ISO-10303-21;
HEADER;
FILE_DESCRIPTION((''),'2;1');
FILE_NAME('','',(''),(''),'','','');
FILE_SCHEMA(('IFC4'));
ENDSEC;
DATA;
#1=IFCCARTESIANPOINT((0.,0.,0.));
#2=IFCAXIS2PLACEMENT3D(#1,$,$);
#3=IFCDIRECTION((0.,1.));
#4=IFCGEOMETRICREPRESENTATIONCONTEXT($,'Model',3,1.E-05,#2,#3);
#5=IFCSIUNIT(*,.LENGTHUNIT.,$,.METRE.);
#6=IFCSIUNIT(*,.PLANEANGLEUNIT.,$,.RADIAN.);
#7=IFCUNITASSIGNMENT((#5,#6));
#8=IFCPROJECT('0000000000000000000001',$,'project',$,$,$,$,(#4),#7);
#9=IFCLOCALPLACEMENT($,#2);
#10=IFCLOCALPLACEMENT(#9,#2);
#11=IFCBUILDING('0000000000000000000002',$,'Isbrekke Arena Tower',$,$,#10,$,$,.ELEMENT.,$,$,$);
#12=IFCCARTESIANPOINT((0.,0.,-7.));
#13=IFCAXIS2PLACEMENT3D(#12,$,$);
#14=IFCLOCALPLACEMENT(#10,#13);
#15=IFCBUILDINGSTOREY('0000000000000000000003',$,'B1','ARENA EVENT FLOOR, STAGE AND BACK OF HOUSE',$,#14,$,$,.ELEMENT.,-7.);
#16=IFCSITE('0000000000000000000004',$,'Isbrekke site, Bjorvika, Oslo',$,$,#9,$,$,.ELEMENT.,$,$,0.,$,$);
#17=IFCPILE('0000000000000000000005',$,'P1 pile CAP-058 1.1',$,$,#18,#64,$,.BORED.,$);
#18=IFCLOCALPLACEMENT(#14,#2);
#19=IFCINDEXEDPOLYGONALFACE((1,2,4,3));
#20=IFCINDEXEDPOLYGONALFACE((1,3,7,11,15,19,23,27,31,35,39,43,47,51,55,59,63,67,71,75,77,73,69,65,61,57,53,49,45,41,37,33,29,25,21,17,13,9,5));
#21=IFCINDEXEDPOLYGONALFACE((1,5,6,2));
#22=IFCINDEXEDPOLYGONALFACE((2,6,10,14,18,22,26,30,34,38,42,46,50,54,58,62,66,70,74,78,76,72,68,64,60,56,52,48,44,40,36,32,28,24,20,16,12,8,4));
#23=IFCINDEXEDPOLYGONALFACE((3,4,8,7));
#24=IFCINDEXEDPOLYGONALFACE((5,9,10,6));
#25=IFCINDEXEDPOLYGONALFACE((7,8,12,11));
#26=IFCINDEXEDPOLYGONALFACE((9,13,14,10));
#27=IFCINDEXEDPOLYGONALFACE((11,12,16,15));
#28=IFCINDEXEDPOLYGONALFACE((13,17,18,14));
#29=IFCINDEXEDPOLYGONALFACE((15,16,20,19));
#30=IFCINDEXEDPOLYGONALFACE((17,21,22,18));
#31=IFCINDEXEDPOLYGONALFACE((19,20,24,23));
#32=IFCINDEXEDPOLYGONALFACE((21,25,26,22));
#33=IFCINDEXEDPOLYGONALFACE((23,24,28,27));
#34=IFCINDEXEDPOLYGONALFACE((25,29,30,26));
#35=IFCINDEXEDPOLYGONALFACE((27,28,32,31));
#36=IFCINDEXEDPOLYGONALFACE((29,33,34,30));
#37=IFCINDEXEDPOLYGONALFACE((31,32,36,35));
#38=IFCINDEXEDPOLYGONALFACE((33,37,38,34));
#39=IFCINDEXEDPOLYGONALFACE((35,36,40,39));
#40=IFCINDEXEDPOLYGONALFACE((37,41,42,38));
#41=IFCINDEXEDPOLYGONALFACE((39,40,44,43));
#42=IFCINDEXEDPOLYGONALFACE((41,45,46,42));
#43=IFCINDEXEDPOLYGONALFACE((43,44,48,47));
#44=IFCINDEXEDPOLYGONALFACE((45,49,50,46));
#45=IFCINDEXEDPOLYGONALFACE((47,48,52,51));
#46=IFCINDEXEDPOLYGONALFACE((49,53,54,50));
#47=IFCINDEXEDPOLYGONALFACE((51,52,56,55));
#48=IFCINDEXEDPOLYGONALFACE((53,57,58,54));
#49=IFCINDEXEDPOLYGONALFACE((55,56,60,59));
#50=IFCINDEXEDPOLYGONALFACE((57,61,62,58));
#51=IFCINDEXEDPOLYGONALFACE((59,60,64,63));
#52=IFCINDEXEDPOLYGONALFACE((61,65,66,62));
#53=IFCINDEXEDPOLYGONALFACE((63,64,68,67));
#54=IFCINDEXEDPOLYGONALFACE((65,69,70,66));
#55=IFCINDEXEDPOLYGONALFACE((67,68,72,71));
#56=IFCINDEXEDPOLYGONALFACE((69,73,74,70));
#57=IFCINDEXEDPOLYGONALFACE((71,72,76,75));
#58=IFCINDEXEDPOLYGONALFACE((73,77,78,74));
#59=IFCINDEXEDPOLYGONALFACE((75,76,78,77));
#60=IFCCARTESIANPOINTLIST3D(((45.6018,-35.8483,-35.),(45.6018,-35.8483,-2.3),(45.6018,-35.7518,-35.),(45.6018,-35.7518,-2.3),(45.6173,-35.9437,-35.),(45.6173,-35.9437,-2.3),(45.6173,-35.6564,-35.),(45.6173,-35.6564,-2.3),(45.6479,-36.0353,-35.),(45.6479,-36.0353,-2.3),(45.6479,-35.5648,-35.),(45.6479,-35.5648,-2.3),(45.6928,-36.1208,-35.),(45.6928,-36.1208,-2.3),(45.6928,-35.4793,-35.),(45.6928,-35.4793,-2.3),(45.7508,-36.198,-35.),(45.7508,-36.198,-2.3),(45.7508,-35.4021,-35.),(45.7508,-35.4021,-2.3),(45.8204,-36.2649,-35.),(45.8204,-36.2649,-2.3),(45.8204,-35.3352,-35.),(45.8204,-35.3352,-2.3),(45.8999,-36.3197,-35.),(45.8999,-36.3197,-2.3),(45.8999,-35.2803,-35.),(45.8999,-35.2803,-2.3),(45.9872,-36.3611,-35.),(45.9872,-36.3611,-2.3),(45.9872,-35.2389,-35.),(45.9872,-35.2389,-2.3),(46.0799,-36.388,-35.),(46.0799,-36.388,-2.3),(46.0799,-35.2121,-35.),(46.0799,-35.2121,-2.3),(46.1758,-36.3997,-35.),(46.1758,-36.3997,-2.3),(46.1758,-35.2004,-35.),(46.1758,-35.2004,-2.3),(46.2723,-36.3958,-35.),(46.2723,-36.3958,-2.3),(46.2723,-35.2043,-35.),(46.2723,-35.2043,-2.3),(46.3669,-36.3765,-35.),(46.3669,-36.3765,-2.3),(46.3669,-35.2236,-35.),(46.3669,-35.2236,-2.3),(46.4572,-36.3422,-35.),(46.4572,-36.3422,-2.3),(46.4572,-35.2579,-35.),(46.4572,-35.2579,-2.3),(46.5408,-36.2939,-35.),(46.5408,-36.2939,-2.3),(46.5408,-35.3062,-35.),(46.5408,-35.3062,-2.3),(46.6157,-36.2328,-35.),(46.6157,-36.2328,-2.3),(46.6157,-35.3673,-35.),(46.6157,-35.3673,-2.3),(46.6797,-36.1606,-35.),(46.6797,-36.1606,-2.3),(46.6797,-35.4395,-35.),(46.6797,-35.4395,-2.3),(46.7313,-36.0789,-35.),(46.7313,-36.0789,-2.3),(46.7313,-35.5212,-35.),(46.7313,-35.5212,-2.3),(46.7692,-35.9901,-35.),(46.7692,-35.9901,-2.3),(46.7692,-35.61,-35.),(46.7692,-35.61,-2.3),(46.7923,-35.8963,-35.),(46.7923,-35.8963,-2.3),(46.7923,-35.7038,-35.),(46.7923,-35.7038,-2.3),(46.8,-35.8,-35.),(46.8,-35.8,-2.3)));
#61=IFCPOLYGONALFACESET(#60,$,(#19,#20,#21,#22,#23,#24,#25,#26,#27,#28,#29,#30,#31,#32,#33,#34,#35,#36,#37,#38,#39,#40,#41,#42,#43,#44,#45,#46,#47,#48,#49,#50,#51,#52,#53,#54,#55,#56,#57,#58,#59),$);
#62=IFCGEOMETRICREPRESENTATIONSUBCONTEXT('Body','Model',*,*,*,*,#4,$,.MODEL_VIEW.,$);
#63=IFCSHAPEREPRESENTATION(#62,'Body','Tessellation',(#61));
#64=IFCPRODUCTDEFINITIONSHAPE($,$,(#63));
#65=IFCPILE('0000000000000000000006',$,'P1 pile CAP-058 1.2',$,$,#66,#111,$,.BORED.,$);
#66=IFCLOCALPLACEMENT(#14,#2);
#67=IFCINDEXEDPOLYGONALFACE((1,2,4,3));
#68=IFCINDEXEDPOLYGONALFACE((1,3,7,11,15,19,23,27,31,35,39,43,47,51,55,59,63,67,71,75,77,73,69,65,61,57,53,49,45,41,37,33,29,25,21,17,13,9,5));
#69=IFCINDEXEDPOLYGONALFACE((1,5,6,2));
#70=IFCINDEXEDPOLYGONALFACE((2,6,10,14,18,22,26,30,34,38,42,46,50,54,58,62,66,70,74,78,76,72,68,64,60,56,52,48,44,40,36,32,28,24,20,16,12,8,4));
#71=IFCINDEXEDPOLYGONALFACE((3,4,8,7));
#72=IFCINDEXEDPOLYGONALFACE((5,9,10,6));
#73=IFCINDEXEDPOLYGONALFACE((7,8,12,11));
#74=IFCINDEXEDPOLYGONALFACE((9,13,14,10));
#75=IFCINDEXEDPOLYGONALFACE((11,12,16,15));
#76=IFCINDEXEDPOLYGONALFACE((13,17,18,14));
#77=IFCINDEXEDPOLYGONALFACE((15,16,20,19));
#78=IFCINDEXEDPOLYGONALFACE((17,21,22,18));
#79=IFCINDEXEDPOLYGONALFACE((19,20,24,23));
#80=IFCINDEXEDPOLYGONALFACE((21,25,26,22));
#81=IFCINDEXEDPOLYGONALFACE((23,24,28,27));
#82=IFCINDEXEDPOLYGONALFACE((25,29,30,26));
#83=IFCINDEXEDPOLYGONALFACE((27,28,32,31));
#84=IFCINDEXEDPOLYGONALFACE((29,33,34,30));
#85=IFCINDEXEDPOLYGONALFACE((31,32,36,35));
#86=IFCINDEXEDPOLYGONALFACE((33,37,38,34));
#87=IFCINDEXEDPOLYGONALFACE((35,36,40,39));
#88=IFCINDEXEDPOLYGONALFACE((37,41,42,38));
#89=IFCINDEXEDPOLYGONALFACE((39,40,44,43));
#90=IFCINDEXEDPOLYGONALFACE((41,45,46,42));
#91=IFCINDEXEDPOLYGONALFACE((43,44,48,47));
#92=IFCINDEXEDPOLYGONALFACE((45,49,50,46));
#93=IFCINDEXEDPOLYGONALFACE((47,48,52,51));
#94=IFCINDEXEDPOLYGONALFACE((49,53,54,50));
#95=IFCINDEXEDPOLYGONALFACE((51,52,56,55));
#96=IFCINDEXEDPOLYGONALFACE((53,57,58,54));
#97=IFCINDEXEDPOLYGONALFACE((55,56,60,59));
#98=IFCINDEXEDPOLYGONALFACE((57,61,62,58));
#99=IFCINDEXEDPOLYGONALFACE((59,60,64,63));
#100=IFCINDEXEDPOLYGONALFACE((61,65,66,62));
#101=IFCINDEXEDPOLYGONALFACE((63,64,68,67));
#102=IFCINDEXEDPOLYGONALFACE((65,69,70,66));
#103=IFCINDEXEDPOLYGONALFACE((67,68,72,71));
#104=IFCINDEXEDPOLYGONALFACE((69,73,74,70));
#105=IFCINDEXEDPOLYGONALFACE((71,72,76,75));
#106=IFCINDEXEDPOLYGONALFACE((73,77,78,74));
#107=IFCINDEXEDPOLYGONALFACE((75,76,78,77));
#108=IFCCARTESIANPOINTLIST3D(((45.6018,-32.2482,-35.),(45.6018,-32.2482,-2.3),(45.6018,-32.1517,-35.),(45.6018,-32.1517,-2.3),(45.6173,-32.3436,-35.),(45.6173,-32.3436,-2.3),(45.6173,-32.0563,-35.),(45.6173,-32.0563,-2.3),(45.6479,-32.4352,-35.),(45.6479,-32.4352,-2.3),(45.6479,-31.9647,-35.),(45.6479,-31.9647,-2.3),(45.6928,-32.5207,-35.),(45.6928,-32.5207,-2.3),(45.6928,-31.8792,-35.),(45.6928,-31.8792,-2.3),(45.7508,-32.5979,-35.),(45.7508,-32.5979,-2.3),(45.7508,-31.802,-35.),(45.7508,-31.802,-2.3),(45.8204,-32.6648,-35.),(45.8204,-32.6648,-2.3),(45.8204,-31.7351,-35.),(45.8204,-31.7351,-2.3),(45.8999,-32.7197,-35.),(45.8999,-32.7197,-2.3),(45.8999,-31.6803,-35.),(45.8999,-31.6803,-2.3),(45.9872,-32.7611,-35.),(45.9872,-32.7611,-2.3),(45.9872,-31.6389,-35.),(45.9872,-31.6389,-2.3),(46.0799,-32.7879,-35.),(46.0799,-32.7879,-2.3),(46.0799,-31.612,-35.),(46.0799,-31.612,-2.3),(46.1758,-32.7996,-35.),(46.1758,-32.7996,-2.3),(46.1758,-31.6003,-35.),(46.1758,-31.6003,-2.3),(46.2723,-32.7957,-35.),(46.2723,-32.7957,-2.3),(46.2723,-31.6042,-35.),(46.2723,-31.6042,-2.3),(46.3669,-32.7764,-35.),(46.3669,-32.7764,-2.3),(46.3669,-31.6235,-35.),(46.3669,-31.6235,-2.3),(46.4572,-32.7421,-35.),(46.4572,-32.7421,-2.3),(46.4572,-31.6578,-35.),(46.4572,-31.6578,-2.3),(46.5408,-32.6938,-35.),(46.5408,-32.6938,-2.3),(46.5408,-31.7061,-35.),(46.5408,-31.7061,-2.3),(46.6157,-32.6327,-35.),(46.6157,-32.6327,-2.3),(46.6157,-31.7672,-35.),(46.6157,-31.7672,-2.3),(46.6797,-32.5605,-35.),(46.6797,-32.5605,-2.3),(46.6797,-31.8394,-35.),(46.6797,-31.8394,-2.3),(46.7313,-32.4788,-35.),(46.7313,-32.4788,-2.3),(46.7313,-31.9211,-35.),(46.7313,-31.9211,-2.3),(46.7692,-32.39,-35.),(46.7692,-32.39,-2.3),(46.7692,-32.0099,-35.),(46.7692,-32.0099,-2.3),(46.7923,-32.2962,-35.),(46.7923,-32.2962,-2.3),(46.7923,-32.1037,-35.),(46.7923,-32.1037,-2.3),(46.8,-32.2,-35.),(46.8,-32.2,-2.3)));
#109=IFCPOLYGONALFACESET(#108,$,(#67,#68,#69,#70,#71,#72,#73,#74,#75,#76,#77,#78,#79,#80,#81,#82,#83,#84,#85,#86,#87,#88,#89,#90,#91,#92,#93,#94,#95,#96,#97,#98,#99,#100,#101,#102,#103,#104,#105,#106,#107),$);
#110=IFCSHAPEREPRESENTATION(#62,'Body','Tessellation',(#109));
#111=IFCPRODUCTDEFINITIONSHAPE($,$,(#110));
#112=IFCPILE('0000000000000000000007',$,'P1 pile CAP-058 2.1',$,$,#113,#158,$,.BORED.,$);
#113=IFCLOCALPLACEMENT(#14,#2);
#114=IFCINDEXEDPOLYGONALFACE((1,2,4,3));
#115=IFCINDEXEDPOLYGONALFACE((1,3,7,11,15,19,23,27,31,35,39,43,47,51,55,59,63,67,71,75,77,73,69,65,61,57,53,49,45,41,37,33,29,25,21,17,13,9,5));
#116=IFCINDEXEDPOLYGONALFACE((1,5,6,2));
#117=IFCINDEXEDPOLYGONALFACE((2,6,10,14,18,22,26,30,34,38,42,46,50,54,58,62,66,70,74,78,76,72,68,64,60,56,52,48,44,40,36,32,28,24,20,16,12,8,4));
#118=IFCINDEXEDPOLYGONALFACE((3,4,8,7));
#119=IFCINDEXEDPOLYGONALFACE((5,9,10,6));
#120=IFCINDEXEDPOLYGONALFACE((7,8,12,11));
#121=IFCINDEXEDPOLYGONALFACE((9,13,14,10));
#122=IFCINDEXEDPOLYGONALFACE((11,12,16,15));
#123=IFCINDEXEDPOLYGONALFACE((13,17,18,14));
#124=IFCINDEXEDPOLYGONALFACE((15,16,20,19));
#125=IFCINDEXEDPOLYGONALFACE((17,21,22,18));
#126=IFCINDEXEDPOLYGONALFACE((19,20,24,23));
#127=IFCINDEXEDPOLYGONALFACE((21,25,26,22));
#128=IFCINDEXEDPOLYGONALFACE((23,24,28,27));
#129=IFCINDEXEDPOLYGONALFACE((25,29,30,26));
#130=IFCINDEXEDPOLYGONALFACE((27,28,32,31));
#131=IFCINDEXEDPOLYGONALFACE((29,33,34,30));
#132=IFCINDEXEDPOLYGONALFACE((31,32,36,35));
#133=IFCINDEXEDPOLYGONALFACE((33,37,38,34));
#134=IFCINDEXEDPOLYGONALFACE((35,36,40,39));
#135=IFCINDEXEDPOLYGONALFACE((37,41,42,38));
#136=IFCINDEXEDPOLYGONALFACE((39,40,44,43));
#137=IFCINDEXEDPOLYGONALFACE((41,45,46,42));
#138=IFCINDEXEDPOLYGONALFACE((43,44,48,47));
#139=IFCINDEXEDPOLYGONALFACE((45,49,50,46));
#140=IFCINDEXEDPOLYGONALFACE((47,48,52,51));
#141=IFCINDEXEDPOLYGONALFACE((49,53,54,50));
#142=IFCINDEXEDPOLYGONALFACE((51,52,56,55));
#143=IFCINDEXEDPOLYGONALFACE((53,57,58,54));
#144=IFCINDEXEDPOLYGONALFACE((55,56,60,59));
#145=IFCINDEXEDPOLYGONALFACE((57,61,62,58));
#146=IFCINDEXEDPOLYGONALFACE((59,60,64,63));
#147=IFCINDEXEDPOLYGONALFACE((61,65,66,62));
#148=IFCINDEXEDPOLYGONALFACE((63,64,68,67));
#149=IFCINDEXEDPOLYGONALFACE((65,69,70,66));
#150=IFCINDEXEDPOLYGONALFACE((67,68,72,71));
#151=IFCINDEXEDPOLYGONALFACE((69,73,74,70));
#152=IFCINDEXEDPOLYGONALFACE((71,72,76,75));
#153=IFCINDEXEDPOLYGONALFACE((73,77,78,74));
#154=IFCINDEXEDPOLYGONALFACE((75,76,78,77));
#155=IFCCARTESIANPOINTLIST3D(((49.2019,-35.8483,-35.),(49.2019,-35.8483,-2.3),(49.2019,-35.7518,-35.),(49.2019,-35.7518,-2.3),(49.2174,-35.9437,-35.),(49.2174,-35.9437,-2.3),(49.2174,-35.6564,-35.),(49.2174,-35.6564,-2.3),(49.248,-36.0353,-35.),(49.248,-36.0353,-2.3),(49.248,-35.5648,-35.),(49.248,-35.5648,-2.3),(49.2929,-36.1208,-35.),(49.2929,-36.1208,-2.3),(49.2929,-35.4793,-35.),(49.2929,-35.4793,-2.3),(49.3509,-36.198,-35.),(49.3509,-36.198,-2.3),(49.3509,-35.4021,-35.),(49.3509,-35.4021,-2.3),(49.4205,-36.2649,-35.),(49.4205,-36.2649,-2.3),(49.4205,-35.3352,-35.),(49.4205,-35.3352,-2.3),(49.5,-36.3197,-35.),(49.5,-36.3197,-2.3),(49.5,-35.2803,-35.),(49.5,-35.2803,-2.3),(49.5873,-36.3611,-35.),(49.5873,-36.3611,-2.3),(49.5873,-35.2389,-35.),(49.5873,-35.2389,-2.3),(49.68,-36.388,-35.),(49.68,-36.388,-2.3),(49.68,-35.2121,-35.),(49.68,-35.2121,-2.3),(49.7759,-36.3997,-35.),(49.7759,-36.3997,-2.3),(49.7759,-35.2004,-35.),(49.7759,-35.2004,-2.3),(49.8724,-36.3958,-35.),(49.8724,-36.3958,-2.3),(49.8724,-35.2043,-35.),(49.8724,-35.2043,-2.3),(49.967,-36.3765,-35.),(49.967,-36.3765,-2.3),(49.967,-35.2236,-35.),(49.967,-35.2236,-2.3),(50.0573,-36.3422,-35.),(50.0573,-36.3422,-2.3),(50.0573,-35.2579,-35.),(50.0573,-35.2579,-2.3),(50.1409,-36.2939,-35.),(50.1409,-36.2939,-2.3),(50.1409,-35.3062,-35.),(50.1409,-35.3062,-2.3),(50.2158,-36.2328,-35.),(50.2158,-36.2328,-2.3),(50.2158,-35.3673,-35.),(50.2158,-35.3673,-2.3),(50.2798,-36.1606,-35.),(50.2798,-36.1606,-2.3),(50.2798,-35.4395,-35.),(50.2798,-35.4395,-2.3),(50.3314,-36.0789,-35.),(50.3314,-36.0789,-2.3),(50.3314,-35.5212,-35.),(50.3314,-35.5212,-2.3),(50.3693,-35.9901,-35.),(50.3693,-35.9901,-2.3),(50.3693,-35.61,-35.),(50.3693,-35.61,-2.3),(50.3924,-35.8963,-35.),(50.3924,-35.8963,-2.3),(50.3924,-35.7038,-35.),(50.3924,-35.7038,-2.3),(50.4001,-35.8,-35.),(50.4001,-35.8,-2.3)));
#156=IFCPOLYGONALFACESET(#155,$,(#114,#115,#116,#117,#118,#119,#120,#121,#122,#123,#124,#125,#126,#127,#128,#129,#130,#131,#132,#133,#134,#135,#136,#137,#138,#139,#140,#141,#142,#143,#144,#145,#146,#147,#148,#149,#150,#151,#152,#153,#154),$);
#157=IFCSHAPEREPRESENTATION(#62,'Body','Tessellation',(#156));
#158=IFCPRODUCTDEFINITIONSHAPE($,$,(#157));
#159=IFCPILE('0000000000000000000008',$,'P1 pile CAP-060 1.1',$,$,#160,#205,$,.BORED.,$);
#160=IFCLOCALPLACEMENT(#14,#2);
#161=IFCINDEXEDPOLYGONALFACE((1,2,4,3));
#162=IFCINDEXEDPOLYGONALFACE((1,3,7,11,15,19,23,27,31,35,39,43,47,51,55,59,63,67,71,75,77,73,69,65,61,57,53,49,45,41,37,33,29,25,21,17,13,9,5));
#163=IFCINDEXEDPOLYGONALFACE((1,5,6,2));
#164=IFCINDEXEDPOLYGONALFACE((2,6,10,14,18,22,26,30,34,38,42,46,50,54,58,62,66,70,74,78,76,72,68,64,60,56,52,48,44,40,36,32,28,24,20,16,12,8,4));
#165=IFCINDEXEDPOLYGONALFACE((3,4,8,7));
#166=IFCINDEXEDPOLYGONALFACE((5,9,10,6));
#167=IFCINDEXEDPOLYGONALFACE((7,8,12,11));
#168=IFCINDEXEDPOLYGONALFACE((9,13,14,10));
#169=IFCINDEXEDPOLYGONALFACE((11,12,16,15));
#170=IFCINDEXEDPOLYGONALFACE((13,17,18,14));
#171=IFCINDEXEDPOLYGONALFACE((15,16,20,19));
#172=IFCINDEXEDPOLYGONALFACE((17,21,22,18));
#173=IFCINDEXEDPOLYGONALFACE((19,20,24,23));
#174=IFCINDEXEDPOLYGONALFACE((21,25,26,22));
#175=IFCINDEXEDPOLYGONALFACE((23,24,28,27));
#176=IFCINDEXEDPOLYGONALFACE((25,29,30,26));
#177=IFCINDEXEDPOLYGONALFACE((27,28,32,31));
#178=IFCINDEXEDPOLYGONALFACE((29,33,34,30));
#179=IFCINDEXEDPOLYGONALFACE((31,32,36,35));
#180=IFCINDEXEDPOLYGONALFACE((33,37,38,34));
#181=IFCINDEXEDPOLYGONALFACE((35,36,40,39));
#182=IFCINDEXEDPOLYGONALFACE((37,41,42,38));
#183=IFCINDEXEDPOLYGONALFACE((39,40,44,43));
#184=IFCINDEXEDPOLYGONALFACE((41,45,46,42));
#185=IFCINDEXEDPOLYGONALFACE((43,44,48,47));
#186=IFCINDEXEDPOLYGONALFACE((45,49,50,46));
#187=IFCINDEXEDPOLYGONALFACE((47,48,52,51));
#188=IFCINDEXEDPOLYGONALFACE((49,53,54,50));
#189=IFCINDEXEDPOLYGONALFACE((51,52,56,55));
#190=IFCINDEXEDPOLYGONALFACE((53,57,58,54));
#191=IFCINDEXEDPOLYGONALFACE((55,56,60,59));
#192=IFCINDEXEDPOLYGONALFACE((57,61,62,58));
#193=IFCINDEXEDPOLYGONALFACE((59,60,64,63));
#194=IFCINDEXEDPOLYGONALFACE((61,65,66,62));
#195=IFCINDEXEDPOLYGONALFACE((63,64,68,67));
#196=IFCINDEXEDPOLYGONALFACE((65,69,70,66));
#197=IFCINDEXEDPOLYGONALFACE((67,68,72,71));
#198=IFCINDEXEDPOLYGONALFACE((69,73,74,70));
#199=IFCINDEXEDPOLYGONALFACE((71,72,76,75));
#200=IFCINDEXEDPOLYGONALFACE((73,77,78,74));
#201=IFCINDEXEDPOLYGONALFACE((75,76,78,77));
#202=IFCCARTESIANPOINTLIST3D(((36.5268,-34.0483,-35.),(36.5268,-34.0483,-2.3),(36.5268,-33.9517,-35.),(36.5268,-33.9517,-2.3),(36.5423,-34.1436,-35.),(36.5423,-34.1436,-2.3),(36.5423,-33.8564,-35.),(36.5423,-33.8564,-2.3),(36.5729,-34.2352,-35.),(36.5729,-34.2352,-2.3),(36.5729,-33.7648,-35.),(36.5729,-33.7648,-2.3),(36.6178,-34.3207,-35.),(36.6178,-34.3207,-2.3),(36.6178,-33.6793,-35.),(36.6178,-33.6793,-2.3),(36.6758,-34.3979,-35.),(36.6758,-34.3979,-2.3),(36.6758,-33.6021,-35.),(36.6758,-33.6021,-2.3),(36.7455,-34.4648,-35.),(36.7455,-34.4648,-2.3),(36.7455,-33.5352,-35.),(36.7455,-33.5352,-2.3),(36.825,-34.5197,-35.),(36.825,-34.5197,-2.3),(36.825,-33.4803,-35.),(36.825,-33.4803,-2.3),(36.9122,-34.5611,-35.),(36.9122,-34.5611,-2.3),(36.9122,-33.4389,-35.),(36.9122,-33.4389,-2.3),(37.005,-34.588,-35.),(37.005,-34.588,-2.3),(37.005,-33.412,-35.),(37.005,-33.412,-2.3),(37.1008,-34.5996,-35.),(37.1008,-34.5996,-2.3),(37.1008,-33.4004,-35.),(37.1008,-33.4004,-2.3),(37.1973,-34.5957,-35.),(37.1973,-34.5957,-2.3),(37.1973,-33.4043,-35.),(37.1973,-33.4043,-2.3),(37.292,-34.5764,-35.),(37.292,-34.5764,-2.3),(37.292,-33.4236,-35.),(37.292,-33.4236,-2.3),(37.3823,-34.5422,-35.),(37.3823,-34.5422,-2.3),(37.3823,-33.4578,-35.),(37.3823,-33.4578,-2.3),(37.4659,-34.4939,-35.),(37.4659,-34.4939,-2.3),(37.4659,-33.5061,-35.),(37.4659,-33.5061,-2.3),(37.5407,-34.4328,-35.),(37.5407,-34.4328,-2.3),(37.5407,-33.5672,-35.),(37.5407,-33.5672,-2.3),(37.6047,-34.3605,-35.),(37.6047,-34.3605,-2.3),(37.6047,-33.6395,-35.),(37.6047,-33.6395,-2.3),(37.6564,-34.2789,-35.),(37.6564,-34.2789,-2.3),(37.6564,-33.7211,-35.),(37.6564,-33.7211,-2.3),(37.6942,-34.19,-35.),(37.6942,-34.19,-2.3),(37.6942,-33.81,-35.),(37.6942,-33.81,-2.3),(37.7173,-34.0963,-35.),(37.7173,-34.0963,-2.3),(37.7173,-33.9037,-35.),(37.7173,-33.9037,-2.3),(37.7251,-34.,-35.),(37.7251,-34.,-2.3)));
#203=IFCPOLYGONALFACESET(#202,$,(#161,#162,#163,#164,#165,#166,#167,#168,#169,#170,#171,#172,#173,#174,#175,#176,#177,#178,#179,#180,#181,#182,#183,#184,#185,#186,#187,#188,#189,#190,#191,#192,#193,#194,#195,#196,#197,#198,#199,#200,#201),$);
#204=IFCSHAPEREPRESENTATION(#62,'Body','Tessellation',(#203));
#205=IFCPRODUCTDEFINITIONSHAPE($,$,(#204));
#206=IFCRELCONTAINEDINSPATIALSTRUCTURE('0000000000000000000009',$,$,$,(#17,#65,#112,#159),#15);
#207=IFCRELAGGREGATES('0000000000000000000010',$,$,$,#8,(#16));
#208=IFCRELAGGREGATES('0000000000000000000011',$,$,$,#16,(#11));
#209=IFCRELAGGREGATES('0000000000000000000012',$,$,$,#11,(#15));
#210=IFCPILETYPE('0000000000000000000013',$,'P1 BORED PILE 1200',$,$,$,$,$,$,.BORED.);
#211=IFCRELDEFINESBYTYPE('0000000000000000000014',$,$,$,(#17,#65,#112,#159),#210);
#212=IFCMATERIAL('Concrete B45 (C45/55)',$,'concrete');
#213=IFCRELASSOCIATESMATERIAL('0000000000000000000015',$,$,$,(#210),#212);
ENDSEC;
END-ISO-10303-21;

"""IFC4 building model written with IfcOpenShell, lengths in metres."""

from ifc_helpers import new_model, si_unit, direction, frame, origin, origin_2d, place, context, subcontext, project, spatial, circle, extrude, material, material_profile, profile_set, type_object, element, save


model = new_model("IFC4")

# Units and contexts
model_context = context("Model", 3, precision=1e-05, world=origin(), true_north=direction((0.0, 1.0)))
body_context = subcontext(model_context, "Body", "Model", "MODEL_VIEW")
ifc_project = project(units=[si_unit("LENGTHUNIT", "METRE"), si_unit("PLANEANGLEUNIT", "RADIAN")], contexts=[model_context])

# Site, building, storey
site_placement = place(None, origin())
site = spatial("IfcSite", under=ifc_project, at=site_placement, Name="Isbrekke site, Bjorvika, Oslo", CompositionType="ELEMENT", RefElevation=0.0)
building_placement = place(site_placement, origin())
building = spatial("IfcBuilding", under=site, at=building_placement, Name="Isbrekke Arena Tower", CompositionType="ELEMENT")
storey_placement = place(building_placement, frame((0.0, 0.0, -7.0)))
storey = spatial("IfcBuildingStorey", under=building, at=storey_placement, Name="B1", Description="ARENA EVENT FLOOR, STAGE AND BACK OF HOUSE", CompositionType="ELEMENT", Elevation=-7.0)

# Piles
ifc_material_1 = material(Name="Concrete B45 (C45/55)", Category="concrete")
ifc_material_profile_1 = material_profile(ifc_material_1, circle(Radius=0.6001, at=origin_2d()), Name="BORED PILE D1200")
ifc_profile_set_1 = profile_set([ifc_material_profile_1], Name="Concrete B45 (C45/55)")
pile_type = type_object("IfcPileType", Name="P1 BORED PILE 1200", PredefinedType="BORED", material=ifc_profile_set_1)
for number, where, z_axis, x_axis, name in (
    (1, (46.2, -35.8, -2.3), (0.0, 0.0, -1.0), (1.0, 0.0, 0.0), "P1 pile CAP-058 1.1"),
    (2, (46.2, -32.2, -2.3), (0.0, 0.0, -1.0), (1.0, 0.0, 0.0), "P1 pile CAP-058 1.2"),
    (3, (49.8, -35.8, -2.3), (0.0, 0.0, -1.0), (1.0, 0.0, 0.0), "P1 pile CAP-058 2.1"),
    (4, (37.125, -34.0, -2.3), (0.0, 0.0, -1.0), (1.0, 0.0, 0.0), "P1 pile CAP-060 1.1"),
):
    element("IfcPile", number, at=place(storey_placement, frame(where, z_axis=z_axis, x_axis=x_axis)), inside=storey, type_object=pile_type, Name=name, PredefinedType="BORED", context=body_context, shape_type="SweptSolid", body=[
        extrude(circle(Radius=0.6001, at=origin_2d()), origin(), (0.0, 0.0, 1.0), 32.7),
    ])

save(model, "model.ifc")
